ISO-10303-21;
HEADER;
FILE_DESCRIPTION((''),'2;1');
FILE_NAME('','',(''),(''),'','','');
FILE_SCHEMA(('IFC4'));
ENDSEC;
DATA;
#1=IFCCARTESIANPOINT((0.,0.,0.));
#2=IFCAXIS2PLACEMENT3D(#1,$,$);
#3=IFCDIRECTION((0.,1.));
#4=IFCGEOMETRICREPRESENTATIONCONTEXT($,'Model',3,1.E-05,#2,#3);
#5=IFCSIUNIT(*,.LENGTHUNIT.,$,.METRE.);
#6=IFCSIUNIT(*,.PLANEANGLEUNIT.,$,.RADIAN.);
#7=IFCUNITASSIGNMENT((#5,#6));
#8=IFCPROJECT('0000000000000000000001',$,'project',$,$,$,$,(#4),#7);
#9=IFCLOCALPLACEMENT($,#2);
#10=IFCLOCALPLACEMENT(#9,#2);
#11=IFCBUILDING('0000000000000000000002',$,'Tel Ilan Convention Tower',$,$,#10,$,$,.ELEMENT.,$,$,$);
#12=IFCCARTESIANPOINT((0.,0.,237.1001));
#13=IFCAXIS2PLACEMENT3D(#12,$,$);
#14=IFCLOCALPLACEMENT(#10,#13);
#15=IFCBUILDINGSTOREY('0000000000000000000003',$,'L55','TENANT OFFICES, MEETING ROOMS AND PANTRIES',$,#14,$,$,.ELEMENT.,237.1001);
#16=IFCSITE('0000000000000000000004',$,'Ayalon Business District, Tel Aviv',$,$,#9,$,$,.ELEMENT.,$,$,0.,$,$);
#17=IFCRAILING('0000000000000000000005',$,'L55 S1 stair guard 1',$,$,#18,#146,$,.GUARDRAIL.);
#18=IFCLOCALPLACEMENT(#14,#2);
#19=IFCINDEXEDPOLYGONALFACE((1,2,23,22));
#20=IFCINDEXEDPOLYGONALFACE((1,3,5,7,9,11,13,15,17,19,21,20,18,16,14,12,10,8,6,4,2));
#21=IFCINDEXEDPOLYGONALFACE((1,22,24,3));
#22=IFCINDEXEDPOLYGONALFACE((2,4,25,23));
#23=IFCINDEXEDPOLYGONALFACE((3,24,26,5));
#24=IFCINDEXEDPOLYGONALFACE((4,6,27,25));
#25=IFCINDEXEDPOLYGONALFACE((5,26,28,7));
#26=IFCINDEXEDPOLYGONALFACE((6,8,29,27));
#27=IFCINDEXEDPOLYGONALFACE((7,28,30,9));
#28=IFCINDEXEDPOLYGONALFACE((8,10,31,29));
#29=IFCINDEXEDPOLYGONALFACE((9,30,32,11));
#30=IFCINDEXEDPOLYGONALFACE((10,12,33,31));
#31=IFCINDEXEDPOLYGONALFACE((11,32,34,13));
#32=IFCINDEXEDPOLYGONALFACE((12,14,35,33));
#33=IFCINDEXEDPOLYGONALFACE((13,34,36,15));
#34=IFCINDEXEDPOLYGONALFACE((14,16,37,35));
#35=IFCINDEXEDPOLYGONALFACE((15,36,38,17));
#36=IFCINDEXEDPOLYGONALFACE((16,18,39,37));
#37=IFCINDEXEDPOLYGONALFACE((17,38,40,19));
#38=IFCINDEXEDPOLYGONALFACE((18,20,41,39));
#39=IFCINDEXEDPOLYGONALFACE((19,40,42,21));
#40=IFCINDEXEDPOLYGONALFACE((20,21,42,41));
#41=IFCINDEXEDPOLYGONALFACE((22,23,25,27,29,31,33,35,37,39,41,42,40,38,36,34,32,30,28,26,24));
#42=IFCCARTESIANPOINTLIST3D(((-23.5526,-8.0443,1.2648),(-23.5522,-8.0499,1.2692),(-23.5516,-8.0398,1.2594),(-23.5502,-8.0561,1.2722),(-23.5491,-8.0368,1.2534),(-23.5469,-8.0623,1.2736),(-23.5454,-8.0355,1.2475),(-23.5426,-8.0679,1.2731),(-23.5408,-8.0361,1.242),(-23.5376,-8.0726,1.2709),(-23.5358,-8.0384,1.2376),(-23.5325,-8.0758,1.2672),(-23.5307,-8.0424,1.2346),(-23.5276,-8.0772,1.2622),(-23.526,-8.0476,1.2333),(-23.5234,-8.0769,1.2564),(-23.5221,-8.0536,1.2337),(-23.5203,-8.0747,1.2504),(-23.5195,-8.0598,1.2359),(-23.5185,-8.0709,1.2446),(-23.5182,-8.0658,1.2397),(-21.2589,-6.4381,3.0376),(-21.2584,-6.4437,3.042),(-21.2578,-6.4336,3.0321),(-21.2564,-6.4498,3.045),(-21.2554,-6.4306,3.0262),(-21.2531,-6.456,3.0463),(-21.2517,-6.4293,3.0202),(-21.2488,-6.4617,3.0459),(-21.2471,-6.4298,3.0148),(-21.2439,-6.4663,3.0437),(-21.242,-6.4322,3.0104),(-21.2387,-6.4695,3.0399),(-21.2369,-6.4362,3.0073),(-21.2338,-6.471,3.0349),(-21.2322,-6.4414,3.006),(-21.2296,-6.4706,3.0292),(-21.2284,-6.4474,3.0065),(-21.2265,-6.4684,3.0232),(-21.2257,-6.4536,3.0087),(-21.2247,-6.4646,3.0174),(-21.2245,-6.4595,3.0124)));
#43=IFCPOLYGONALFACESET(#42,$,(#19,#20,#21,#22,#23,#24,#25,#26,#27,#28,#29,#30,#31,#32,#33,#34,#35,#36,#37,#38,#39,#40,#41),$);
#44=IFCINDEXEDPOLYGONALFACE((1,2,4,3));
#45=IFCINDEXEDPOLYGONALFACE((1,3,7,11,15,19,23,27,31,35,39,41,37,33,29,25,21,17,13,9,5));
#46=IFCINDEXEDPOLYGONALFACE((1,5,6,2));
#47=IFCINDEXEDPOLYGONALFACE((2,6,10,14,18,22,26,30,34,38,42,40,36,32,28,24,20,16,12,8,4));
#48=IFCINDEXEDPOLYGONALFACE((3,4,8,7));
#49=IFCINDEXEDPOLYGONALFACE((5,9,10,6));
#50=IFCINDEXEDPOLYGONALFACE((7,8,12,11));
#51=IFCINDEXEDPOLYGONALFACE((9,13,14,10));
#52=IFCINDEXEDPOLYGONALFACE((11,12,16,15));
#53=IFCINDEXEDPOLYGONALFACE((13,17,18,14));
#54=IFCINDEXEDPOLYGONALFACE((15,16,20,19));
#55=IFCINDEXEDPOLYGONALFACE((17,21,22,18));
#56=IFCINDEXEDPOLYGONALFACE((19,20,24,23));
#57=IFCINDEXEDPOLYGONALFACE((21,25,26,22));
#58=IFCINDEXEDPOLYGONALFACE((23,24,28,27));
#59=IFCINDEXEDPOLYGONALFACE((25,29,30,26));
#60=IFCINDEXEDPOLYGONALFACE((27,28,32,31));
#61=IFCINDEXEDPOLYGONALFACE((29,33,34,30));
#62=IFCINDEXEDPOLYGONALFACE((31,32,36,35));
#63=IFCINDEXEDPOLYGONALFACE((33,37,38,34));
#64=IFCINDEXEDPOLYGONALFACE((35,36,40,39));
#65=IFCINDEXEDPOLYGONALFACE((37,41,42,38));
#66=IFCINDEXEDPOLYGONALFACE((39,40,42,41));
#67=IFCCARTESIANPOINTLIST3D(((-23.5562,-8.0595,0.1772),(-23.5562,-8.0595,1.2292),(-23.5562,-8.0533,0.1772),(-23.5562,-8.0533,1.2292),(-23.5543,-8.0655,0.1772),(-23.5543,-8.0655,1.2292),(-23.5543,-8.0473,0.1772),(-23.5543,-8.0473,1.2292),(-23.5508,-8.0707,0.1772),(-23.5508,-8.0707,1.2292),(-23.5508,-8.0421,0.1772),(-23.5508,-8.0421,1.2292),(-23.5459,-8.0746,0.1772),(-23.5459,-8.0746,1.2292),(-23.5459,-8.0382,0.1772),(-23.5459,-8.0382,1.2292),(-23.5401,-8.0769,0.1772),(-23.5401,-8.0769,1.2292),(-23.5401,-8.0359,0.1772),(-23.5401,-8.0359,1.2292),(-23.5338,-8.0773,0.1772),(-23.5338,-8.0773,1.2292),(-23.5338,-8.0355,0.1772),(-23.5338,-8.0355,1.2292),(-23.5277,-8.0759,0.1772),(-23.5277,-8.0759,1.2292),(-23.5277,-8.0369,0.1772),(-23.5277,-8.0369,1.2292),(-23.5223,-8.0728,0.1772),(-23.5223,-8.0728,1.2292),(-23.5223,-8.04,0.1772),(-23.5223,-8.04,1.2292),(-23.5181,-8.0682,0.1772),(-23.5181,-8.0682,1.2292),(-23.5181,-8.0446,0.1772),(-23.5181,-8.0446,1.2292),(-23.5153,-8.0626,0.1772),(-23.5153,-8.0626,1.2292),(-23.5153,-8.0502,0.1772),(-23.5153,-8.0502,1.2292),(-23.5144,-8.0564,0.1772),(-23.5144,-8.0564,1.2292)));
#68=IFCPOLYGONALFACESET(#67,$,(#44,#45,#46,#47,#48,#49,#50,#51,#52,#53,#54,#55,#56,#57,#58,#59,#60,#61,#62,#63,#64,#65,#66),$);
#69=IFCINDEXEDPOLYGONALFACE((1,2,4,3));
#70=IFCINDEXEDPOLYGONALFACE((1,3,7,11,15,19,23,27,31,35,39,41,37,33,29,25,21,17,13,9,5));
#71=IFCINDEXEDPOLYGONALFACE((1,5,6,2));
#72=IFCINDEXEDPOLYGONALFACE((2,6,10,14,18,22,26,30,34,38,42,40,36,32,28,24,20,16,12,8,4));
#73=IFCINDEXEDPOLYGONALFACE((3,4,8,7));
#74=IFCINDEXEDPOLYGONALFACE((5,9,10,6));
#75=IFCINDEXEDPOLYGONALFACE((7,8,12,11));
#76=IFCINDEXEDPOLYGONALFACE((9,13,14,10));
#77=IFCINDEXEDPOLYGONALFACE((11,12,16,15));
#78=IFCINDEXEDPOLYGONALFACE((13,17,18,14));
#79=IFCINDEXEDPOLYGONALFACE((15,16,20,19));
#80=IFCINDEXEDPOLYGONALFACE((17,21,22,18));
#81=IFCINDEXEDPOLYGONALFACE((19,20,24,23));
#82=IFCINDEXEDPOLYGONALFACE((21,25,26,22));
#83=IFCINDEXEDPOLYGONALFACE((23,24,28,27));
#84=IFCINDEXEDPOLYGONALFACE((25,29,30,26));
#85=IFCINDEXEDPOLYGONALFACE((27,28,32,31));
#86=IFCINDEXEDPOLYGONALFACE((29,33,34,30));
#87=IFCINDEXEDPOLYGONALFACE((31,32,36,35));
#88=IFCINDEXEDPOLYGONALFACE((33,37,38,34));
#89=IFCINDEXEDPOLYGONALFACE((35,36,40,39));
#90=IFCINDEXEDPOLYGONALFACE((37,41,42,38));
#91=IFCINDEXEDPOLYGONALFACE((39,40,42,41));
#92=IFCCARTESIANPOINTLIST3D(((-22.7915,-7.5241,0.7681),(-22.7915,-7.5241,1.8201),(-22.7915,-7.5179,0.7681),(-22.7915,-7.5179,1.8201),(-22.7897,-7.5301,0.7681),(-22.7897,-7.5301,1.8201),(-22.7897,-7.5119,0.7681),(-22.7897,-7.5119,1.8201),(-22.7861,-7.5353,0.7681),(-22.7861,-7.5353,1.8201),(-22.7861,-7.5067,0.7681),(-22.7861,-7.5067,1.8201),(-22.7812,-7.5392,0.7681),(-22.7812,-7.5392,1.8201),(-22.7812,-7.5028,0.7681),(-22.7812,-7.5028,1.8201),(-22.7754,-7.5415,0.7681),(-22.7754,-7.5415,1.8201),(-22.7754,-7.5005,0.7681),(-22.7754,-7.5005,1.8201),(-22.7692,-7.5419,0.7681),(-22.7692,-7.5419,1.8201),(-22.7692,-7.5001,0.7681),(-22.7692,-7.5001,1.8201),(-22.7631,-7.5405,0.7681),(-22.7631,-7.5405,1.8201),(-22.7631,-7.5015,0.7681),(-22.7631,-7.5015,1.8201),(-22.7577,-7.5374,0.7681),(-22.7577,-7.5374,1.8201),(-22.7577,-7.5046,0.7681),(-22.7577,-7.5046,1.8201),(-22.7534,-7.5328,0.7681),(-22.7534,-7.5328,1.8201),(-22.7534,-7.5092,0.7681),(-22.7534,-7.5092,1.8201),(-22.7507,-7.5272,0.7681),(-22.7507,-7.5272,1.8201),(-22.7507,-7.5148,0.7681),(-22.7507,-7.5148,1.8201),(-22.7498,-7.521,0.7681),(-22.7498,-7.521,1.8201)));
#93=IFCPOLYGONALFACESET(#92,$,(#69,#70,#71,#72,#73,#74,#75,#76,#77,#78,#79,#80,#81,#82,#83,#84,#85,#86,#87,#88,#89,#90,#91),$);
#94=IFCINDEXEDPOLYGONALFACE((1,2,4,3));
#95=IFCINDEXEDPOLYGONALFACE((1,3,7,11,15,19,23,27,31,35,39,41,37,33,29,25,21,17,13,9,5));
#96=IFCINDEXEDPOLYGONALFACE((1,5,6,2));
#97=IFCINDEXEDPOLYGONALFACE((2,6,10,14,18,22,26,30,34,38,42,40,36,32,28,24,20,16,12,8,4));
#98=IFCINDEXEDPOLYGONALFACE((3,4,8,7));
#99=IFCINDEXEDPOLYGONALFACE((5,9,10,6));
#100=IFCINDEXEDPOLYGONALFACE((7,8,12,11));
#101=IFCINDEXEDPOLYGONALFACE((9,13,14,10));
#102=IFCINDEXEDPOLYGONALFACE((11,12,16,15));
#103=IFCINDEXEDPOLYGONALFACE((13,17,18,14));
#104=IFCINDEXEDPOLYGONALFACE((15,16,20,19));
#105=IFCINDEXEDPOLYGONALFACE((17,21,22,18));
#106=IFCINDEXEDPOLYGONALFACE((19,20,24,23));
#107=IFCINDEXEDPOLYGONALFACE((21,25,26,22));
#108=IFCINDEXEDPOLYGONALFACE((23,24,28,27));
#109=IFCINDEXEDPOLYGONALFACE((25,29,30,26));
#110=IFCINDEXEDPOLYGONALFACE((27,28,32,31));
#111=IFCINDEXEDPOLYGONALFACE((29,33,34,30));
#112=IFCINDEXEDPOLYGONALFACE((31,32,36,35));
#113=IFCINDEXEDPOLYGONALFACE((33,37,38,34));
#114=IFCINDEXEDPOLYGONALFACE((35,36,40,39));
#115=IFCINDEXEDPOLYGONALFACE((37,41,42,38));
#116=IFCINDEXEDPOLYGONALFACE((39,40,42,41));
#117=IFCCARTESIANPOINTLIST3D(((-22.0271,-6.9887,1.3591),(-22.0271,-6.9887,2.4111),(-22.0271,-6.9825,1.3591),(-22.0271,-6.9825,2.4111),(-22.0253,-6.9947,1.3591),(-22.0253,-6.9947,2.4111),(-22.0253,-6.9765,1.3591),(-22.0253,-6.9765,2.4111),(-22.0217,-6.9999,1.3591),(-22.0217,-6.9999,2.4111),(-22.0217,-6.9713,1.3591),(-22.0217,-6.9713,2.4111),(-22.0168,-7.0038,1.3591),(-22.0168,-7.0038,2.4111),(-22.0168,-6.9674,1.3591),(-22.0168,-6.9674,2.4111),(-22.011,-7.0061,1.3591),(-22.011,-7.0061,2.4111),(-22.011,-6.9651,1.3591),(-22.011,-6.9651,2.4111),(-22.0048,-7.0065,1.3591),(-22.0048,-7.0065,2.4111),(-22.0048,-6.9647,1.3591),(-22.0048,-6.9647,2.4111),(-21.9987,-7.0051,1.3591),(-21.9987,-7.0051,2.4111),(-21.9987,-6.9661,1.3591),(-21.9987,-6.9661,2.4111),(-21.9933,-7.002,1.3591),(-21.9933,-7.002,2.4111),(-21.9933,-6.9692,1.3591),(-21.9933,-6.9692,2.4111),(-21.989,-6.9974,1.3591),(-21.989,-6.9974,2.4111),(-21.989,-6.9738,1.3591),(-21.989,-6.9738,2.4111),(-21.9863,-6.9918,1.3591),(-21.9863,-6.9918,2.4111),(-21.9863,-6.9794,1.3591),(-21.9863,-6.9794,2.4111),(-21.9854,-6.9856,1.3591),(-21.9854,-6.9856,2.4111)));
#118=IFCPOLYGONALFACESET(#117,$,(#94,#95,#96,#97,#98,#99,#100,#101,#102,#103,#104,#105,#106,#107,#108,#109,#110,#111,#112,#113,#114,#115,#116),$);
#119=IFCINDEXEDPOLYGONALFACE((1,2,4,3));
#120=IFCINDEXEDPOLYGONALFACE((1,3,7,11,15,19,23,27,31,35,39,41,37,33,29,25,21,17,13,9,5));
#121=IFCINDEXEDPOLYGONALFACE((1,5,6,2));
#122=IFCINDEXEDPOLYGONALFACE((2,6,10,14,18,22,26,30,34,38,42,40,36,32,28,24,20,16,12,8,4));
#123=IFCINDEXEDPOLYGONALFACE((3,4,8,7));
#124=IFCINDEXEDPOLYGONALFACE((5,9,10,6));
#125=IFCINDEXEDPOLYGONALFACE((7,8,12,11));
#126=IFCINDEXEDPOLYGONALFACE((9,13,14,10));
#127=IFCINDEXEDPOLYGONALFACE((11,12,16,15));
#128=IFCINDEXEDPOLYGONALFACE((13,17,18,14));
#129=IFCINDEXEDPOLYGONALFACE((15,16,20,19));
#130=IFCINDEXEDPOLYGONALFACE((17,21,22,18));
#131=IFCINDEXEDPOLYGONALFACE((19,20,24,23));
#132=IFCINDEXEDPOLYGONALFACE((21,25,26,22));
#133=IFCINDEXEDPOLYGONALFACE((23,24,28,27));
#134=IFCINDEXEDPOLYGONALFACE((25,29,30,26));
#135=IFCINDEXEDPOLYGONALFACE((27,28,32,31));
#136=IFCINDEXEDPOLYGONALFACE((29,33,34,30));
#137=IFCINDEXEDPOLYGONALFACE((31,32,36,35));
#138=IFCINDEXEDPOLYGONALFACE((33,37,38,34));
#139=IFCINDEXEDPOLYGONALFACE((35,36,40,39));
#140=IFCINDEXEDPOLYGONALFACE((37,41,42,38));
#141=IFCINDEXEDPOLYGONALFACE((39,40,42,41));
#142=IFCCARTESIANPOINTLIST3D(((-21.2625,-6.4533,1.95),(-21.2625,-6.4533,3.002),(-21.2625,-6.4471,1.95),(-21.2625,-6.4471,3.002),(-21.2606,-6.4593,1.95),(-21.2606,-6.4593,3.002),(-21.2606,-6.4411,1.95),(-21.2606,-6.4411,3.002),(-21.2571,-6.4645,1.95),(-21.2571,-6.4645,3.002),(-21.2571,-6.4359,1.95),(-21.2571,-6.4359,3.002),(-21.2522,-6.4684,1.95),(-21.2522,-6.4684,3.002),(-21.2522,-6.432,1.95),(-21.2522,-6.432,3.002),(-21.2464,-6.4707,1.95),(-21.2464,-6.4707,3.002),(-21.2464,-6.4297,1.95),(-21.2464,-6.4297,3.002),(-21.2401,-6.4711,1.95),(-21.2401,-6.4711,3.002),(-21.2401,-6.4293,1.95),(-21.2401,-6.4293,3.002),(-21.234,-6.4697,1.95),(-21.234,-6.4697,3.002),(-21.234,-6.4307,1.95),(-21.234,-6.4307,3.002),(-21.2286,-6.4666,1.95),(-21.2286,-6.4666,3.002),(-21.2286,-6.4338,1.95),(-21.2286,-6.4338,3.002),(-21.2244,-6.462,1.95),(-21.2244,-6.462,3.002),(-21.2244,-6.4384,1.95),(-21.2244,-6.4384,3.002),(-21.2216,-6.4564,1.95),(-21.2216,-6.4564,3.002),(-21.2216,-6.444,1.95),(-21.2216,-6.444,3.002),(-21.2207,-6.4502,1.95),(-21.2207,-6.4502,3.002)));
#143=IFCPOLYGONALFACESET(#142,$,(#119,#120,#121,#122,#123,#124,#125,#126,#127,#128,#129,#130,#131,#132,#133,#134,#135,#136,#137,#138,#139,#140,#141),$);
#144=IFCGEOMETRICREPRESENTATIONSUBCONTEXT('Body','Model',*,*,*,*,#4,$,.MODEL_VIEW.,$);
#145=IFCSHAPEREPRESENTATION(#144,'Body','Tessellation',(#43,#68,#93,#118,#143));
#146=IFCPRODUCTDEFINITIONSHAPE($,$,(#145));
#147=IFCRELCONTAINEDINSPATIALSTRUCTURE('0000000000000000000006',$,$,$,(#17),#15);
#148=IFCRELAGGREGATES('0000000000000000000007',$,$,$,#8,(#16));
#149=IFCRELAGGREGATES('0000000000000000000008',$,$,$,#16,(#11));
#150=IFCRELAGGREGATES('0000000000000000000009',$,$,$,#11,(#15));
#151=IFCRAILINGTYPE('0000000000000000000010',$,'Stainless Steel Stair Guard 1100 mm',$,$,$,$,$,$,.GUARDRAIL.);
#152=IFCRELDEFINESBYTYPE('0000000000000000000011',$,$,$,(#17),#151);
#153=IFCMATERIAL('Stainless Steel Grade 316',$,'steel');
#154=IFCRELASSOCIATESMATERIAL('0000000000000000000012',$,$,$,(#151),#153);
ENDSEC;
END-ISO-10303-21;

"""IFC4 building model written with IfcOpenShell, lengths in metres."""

from ifc_helpers import new_model, si_unit, direction, frame, origin, origin_2d, place, context, subcontext, project, spatial, circle, extrude, material, type_object, element, save


model = new_model("IFC4")

# Units and contexts
model_context = context("Model", 3, precision=1e-05, world=origin(), true_north=direction((0.0, 1.0)))
body_context = subcontext(model_context, "Body", "Model", "MODEL_VIEW")
ifc_project = project(units=[si_unit("LENGTHUNIT", "METRE"), si_unit("PLANEANGLEUNIT", "RADIAN")], contexts=[model_context])

# Site, building, storey
site_placement = place(None, origin())
site = spatial("IfcSite", under=ifc_project, at=site_placement, Name="Ayalon Business District, Tel Aviv", CompositionType="ELEMENT", RefElevation=0.0)
building_placement = place(site_placement, origin())
building = spatial("IfcBuilding", under=site, at=building_placement, Name="Tel Ilan Convention Tower", CompositionType="ELEMENT")
storey_placement = place(building_placement, frame((0.0, 0.0, 237.1001)))
storey = spatial("IfcBuildingStorey", under=building, at=storey_placement, Name="L55", Description="TENANT OFFICES, MEETING ROOMS AND PANTRIES", CompositionType="ELEMENT", Elevation=237.1001)

# Railing
ifc_material_1 = material(Name="Stainless Steel Grade 316", Category="steel")
railing_type = type_object("IfcRailingType", Name="Stainless Steel Stair Guard 1100 mm", PredefinedType="GUARDRAIL", material=ifc_material_1)
railing_1_placement = place(storey_placement, frame((-23.5354, -8.0564, 0.1772)))
element("IfcRailing", 1, at=railing_1_placement, inside=storey, type_object=railing_type, Name="L55 S1 stair guard 1", PredefinedType="GUARDRAIL", context=body_context, shape_type="SweptSolid", body=[
    extrude(circle(Radius=0.0239, at=origin_2d()), frame((0.0, 0.0, 1.0762), z_axis=(0.692098, 0.484653, 0.534894), x_axis=(-0.573609, 0.81913, 0.0)), (0.0, 0.0, 1.0), 3.3142),
    extrude(circle(Radius=0.021, at=origin_2d()), origin(), (0.0, 0.0, 1.0), 1.052),
    extrude(circle(Radius=0.021, at=origin_2d()), frame((0.7646, 0.5354, 0.5908)), (0.0, 0.0, 1.0), 1.052),
    extrude(circle(Radius=0.021, at=origin_2d()), frame((1.5291, 1.0708, 1.1819)), (0.0, 0.0, 1.0), 1.052),
    extrude(circle(Radius=0.021, at=origin_2d()), frame((2.2937, 1.6062, 1.7727)), (0.0, 0.0, 1.0), 1.052),
])

save(model, "model.ifc")
